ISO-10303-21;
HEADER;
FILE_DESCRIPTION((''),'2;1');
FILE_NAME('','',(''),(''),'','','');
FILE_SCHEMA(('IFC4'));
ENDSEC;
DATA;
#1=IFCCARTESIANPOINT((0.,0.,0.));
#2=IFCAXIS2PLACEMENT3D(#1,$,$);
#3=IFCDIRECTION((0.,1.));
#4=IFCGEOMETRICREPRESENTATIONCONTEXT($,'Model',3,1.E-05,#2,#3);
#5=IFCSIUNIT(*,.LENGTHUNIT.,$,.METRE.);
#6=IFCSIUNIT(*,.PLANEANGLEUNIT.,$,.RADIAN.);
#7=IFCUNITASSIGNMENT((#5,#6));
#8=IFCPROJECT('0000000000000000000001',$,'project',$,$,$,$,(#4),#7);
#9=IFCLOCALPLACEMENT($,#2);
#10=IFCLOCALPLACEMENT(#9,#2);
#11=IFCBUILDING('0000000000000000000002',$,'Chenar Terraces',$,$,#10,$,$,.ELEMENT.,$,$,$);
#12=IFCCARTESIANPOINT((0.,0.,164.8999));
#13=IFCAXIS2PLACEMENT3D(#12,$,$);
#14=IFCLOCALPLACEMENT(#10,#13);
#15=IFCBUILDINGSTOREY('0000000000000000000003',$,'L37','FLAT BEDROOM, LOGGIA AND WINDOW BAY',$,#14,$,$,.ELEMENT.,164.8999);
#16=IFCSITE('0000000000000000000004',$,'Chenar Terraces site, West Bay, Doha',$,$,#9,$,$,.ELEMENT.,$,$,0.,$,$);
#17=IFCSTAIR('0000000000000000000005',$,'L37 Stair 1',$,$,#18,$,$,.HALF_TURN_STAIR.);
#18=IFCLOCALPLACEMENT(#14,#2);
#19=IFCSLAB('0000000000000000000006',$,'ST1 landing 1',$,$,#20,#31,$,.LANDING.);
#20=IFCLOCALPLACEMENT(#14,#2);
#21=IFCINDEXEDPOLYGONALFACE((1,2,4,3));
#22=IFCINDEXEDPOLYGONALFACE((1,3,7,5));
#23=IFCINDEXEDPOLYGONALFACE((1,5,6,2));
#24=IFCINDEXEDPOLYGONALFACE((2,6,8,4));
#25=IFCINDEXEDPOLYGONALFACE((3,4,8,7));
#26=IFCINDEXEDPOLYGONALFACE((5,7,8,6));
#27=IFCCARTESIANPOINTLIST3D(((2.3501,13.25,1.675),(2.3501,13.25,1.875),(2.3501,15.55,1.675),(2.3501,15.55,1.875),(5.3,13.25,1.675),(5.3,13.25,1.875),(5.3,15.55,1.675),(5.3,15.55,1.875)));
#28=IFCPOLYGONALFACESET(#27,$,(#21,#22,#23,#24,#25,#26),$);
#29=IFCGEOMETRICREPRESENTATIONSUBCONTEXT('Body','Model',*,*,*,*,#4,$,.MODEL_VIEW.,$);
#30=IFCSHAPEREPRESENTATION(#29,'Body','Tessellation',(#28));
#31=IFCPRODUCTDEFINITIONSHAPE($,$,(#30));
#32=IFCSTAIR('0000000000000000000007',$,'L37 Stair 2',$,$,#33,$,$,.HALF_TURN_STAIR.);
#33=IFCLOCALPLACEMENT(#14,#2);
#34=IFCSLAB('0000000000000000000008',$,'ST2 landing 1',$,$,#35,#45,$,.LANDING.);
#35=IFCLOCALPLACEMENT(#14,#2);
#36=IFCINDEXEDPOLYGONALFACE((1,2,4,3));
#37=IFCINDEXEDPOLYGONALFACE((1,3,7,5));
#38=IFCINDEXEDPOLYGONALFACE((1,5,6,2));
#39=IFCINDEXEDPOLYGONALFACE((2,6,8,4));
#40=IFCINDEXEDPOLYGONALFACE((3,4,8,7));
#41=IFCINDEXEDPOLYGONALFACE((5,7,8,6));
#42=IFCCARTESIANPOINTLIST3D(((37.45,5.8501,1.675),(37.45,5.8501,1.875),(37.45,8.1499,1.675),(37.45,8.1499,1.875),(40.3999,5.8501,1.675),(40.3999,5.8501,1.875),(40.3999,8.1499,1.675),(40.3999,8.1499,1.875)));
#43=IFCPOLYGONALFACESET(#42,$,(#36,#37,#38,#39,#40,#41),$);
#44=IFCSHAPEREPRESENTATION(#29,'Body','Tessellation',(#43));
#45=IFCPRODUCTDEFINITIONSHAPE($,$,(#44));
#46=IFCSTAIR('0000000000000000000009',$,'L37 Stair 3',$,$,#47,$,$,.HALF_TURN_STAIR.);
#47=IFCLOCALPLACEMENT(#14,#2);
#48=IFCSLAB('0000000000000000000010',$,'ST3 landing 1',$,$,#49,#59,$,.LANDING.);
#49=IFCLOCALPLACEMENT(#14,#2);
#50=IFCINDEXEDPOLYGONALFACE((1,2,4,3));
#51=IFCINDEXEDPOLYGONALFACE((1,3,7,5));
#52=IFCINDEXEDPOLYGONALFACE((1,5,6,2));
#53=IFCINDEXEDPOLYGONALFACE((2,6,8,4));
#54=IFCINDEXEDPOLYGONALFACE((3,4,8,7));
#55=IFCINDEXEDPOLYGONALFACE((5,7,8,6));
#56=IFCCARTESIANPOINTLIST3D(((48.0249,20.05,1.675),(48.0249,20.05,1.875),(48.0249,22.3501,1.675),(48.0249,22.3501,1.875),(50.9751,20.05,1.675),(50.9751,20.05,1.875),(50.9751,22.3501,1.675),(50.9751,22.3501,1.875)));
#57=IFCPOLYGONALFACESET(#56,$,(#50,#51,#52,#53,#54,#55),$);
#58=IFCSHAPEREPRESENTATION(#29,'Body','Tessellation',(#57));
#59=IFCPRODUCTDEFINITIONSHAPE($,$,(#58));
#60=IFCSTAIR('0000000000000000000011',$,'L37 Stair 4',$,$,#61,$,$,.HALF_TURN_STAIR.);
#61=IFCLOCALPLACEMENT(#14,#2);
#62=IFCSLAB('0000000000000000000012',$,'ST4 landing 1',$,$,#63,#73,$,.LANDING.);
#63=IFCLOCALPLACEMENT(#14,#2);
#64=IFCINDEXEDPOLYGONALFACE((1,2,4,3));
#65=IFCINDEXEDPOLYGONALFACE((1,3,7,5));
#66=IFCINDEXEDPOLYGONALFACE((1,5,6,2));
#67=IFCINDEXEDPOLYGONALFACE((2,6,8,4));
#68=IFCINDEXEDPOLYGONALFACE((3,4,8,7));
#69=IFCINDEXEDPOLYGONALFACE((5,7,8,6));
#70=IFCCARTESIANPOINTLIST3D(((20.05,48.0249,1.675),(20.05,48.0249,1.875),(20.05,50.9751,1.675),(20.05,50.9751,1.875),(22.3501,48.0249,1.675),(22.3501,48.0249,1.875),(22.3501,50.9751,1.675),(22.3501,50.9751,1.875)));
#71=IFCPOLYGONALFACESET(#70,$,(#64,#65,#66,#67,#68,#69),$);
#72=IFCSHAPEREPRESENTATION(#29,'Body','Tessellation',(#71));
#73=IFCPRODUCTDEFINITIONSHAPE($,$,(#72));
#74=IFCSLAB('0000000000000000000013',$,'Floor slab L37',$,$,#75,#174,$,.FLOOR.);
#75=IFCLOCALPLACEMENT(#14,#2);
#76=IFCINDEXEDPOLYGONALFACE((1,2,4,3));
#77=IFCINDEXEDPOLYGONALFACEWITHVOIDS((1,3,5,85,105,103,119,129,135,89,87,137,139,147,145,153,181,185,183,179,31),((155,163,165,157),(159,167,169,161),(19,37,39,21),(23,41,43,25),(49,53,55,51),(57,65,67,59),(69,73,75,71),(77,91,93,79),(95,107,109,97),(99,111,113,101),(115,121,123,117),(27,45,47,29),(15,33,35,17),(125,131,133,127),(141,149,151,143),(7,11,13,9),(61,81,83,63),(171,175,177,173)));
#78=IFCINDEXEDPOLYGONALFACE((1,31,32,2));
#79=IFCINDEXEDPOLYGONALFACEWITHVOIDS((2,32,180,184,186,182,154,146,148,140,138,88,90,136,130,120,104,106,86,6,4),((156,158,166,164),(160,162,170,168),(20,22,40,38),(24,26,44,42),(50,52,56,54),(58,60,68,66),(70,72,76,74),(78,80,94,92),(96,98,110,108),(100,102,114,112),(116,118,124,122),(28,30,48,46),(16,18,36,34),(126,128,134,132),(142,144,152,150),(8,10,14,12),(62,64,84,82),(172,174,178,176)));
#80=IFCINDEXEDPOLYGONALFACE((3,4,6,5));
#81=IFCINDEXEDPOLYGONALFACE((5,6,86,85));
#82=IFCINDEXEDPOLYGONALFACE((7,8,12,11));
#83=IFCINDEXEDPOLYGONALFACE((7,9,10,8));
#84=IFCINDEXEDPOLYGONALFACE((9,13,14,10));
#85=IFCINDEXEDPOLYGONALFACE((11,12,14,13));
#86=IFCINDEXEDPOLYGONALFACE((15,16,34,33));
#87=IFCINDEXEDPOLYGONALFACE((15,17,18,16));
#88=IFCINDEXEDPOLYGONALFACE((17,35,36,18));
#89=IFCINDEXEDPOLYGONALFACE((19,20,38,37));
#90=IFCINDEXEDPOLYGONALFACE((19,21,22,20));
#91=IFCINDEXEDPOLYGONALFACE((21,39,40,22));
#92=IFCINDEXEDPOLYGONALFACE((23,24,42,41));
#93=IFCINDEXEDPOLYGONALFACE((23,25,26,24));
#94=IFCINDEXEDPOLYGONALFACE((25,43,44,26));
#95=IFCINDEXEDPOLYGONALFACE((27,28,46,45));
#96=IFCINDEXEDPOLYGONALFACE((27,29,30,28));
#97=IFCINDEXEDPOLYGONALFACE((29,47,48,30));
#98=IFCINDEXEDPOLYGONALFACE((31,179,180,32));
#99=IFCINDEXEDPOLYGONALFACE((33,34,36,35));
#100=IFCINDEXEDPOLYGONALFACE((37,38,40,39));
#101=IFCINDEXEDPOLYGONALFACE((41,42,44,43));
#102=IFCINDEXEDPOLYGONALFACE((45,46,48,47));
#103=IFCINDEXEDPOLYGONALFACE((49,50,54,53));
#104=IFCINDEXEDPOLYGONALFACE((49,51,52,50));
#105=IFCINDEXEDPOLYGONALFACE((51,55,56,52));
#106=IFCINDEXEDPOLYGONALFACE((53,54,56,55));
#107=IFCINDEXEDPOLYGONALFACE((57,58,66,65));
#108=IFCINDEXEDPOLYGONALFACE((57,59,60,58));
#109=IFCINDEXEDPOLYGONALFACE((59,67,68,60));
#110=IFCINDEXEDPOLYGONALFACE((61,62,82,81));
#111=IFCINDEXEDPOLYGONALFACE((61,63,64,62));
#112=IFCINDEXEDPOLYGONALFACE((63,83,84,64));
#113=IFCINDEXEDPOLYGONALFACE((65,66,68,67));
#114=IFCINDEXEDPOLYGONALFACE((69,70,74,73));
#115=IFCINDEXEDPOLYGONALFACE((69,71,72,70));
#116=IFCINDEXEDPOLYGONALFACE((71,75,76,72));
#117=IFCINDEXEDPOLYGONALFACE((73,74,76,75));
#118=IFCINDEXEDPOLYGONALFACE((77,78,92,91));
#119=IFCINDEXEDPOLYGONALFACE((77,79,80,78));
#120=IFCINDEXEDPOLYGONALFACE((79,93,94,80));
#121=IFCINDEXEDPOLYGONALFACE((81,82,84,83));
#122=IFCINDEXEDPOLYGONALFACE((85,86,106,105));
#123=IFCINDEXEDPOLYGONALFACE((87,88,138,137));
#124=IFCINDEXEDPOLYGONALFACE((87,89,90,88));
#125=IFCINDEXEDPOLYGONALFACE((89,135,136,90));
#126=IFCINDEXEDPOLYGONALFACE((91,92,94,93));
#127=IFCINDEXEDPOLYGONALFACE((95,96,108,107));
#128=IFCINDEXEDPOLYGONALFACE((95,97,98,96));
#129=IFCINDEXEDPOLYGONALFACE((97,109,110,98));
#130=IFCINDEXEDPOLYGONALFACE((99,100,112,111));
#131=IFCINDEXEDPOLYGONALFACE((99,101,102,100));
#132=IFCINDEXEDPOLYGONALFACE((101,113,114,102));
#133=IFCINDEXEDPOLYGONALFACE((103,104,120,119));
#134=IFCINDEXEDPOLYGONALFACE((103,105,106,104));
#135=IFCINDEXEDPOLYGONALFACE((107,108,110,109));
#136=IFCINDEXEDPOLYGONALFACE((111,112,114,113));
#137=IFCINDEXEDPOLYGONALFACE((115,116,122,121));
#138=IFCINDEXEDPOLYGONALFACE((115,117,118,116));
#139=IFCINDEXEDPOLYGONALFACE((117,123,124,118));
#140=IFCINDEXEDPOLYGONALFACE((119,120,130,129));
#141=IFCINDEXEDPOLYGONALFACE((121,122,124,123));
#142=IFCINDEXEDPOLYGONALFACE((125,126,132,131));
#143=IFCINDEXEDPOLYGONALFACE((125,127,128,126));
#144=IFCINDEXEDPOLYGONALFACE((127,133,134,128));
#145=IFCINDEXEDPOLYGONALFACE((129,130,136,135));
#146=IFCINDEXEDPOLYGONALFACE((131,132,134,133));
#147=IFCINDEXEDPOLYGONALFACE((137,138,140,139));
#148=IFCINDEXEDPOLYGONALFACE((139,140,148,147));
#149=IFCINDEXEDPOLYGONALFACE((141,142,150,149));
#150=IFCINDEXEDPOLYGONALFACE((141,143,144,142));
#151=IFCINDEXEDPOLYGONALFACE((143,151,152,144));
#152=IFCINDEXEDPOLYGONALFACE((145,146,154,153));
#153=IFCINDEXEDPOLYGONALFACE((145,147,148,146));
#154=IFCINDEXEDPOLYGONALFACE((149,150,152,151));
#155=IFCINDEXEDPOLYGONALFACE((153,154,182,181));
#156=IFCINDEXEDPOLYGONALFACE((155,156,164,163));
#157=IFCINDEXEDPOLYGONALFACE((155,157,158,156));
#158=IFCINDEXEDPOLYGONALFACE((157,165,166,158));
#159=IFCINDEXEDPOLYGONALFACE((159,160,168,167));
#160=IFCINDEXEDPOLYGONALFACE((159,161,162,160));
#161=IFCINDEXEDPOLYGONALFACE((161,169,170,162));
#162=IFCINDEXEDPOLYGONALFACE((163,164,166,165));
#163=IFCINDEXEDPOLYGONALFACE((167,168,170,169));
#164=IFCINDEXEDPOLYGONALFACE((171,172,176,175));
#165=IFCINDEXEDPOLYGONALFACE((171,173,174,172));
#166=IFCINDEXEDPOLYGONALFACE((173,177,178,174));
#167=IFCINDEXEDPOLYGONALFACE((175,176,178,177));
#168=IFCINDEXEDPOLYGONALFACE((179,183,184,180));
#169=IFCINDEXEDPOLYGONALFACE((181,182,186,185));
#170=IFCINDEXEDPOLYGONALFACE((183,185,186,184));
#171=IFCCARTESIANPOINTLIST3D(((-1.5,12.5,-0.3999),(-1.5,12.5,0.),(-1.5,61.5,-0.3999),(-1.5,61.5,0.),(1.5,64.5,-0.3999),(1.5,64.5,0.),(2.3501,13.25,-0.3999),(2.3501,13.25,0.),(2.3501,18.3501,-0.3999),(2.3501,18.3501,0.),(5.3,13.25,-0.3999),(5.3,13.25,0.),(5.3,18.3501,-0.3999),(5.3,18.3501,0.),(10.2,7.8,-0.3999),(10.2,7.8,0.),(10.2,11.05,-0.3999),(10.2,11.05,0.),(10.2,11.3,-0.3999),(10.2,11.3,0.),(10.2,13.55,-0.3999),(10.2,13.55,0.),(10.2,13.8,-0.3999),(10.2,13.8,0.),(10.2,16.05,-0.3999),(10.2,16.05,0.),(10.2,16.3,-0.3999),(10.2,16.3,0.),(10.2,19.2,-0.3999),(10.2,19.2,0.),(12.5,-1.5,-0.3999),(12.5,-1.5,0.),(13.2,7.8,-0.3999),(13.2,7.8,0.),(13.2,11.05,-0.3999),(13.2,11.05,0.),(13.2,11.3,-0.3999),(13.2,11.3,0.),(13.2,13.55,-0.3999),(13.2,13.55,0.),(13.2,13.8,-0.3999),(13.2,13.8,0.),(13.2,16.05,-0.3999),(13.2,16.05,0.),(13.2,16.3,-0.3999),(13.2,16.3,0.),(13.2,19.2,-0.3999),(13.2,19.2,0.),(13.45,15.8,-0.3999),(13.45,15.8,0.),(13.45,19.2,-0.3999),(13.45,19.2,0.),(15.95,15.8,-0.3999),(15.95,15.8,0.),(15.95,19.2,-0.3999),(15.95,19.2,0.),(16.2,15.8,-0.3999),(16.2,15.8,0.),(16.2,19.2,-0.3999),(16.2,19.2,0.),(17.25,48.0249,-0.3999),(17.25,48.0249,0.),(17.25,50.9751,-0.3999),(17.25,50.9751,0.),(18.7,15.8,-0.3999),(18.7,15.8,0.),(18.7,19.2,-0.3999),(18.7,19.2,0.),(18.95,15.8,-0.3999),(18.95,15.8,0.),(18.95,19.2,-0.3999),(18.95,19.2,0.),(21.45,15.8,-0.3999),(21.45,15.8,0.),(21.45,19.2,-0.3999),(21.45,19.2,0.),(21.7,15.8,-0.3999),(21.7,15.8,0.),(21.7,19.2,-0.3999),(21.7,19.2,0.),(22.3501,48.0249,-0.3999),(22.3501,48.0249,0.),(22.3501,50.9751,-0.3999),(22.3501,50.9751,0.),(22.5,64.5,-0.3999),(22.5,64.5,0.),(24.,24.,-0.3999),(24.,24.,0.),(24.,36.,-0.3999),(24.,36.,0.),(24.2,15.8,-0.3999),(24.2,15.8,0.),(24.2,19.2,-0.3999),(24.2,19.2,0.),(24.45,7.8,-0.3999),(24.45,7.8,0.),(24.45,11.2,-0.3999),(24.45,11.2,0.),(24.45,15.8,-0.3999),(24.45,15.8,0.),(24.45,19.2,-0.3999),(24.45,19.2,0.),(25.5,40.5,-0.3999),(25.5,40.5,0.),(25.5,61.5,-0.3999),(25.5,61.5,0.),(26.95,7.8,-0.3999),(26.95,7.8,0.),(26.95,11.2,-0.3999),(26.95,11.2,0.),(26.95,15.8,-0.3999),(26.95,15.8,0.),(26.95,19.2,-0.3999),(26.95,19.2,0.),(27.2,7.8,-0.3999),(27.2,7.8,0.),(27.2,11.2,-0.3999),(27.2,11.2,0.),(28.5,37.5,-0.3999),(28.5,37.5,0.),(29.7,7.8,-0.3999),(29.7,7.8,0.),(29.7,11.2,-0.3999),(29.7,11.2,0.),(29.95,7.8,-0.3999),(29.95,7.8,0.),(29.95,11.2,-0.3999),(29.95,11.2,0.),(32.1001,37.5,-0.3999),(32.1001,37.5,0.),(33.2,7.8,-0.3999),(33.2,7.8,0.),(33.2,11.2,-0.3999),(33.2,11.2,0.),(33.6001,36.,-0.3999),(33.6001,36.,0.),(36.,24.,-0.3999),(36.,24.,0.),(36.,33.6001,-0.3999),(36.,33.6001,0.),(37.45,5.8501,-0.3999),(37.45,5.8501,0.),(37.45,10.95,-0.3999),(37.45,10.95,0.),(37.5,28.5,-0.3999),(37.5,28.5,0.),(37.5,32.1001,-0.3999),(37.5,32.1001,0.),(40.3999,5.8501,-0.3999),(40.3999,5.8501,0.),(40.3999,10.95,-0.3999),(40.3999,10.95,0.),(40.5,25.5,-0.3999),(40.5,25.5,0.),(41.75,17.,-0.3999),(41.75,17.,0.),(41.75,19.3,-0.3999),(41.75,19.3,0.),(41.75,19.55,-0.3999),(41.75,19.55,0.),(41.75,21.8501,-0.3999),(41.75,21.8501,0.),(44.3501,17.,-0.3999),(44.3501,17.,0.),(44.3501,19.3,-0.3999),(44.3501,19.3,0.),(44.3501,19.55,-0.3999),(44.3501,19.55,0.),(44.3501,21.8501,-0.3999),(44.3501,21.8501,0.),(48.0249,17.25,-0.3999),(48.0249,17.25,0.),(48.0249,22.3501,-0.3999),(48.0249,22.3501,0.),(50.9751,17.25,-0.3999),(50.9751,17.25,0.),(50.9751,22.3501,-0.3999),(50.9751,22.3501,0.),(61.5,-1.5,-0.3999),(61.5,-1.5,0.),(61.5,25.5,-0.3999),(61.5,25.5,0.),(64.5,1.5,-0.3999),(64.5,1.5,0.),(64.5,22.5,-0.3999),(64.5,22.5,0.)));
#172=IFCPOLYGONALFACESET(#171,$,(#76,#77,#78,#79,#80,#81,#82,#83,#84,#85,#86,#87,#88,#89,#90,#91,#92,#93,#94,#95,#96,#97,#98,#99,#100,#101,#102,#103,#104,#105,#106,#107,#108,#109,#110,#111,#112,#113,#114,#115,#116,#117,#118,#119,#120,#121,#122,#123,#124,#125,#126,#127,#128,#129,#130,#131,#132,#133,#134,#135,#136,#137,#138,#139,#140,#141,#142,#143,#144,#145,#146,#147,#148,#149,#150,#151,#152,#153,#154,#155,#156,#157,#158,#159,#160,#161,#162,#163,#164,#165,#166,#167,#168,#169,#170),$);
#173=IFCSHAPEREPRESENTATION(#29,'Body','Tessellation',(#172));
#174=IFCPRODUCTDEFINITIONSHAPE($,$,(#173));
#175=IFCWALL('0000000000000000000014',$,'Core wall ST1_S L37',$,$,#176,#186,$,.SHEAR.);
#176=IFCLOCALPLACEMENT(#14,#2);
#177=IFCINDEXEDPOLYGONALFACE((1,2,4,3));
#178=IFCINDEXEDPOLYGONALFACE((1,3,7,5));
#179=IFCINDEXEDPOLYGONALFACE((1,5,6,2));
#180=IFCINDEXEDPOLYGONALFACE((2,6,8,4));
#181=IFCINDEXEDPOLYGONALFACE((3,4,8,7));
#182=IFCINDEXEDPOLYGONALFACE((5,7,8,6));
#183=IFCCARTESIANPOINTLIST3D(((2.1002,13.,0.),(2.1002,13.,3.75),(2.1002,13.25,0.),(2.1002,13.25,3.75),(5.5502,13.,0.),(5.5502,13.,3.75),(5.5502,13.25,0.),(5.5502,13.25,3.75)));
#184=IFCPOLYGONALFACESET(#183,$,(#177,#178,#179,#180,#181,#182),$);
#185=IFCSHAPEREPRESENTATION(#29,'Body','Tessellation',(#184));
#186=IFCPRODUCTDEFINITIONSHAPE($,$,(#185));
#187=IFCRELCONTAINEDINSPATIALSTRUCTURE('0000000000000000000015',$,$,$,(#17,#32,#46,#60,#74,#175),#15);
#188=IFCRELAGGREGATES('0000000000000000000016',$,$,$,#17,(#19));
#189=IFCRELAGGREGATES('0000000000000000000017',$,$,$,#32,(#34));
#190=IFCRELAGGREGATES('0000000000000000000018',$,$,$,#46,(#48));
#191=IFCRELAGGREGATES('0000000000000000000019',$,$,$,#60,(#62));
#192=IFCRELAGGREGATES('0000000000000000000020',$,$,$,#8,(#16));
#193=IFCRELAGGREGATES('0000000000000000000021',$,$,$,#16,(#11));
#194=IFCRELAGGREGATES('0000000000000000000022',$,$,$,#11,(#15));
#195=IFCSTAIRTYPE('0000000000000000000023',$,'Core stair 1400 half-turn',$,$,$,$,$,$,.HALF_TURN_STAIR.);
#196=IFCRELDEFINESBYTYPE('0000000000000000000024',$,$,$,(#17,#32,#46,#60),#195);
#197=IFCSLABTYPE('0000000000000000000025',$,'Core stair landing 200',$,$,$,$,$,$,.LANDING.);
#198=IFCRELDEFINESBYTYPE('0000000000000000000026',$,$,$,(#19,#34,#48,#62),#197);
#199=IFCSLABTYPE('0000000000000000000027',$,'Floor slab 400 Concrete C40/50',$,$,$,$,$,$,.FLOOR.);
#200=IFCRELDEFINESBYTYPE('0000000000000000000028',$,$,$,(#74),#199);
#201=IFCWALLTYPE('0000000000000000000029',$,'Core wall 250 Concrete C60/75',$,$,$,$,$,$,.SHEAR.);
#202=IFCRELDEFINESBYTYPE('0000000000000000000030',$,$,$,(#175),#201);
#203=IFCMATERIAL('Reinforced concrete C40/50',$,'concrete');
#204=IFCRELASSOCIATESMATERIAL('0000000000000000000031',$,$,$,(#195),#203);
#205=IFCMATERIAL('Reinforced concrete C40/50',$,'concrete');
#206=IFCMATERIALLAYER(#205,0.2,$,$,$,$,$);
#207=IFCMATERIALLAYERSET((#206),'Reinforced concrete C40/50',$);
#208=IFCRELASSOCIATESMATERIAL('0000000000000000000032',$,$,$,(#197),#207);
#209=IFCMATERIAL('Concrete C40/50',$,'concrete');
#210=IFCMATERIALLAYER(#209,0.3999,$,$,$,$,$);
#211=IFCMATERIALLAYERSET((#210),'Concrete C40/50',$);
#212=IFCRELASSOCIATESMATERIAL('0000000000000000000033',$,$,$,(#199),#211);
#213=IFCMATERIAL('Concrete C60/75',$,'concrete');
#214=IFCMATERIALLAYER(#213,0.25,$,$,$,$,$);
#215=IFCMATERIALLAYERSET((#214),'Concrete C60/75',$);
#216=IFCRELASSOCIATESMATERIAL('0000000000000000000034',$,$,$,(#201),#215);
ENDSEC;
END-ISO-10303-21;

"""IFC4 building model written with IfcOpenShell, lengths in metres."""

from ifc_helpers import new_model, si_unit, direction, frame, frame_2d, origin, place, context, subcontext, project, spatial, polyline, rectangle, outline, extrude, material, layer, layer_set, type_object, element, aggregate, save


model = new_model("IFC4")

# Units and contexts
model_context = context("Model", 3, precision=1e-05, world=origin(), true_north=direction((0.0, 1.0)))
body_context = subcontext(model_context, "Body", "Model", "MODEL_VIEW")
ifc_project = project(units=[si_unit("LENGTHUNIT", "METRE"), si_unit("PLANEANGLEUNIT", "RADIAN")], contexts=[model_context])

# Site, building, storey
site_placement = place(None, origin())
site = spatial("IfcSite", under=ifc_project, at=site_placement, Name="Chenar Terraces site, West Bay, Doha", CompositionType="ELEMENT", RefElevation=0.0)
building_placement = place(site_placement, origin())
building = spatial("IfcBuilding", under=site, at=building_placement, Name="Chenar Terraces", CompositionType="ELEMENT")
storey_placement = place(building_placement, frame((0.0, 0.0, 164.8999)))
storey = spatial("IfcBuildingStorey", under=building, at=storey_placement, Name="L37", Description="FLAT BEDROOM, LOGGIA AND WINDOW BAY", CompositionType="ELEMENT", Elevation=164.8999)

# Stairs, slabs
ifc_material_1 = material(Name="Reinforced concrete C40/50", Category="concrete")
stair_type = type_object("IfcStairType", Name="Core stair 1400 half-turn", PredefinedType="HALF_TURN_STAIR", material=ifc_material_1)
placement_1 = place(storey_placement, origin())
stair_1 = element("IfcStair", 1, at=placement_1, inside=storey, type_object=stair_type, Name="L37 Stair 1", PredefinedType="HALF_TURN_STAIR")
ifc_material_2 = material(Name="Reinforced concrete C40/50", Category="concrete")
ifc_layer_1 = layer(ifc_material_2, 0.2)
ifc_layer_set_1 = layer_set([ifc_layer_1], Name="Reinforced concrete C40/50")
slab_type_1 = type_object("IfcSlabType", Name="Core stair landing 200", PredefinedType="LANDING", material=ifc_layer_set_1)
placement_2 = place(storey_placement, frame((0.0, 0.0, 1.675)))
slab_1 = element("IfcSlab", 2, at=placement_2, type_object=slab_type_1, Name="ST1 landing 1", PredefinedType="LANDING", context=body_context, shape_type="SweptSolid", body=[
    extrude(outline(polyline([(2.3501, 15.55), (2.3501, 13.25), (5.3, 13.25), (5.3, 15.55), (2.3501, 15.55)])), origin(), (0.0, 0.0, 1.0), 0.2),
])
aggregate(stair_1, [slab_1])
stair_2 = element("IfcStair", 3, at=placement_1, inside=storey, type_object=stair_type, Name="L37 Stair 2", PredefinedType="HALF_TURN_STAIR")
slab_2 = element("IfcSlab", 4, at=placement_2, type_object=slab_type_1, Name="ST2 landing 1", PredefinedType="LANDING", context=body_context, shape_type="SweptSolid", body=[
    extrude(outline(polyline([(37.45, 8.1499), (37.45, 5.8501), (40.3999, 5.8501), (40.3999, 8.1499), (37.45, 8.1499)])), origin(), (0.0, 0.0, 1.0), 0.2),
])
aggregate(stair_2, [slab_2])
stair_3 = element("IfcStair", 5, at=placement_1, inside=storey, type_object=stair_type, Name="L37 Stair 3", PredefinedType="HALF_TURN_STAIR")
slab_3 = element("IfcSlab", 6, at=placement_2, type_object=slab_type_1, Name="ST3 landing 1", PredefinedType="LANDING", context=body_context, shape_type="SweptSolid", body=[
    extrude(outline(polyline([(50.9751, 20.05), (50.9751, 22.3501), (48.0249, 22.3501), (48.0249, 20.05), (50.9751, 20.05)])), origin(), (0.0, 0.0, 1.0), 0.2),
])
aggregate(stair_3, [slab_3])
stair_4 = element("IfcStair", 7, at=placement_1, inside=storey, type_object=stair_type, Name="L37 Stair 4", PredefinedType="HALF_TURN_STAIR")
slab_4 = element("IfcSlab", 8, at=placement_2, type_object=slab_type_1, Name="ST4 landing 1", PredefinedType="LANDING", context=body_context, shape_type="SweptSolid", body=[
    extrude(outline(polyline([(20.05, 48.0249), (22.3501, 48.0249), (22.3501, 50.9751), (20.05, 50.9751), (20.05, 48.0249)])), origin(), (0.0, 0.0, 1.0), 0.2),
])
aggregate(stair_4, [slab_4])

# Slab
ifc_material_3 = material(Name="Concrete C40/50", Category="concrete")
ifc_layer_2 = layer(ifc_material_3, 0.3999)
ifc_layer_set_2 = layer_set([ifc_layer_2], Name="Concrete C40/50")
slab_type_2 = type_object("IfcSlabType", Name="Floor slab 400 Concrete C40/50", PredefinedType="FLOOR", material=ifc_layer_set_2)
slab_5_placement = place(storey_placement, frame((0.0, 0.0, -0.3999)))
element("IfcSlab", 9, at=slab_5_placement, inside=storey, type_object=slab_type_2, Name="Floor slab L37", PredefinedType="FLOOR", context=body_context, shape_type="SweptSolid", body=[
    extrude(outline(polyline([(64.5, 22.5), (64.5, 1.5), (61.5, -1.5), (12.5, -1.5), (-1.5, 12.5), (-1.5, 61.5), (1.5, 64.5), (22.5, 64.5), (25.5, 61.5), (25.5, 40.5), (28.5, 37.5), (32.1001, 37.5), (33.6001, 36.0), (24.0, 36.0), (24.0, 24.0), (36.0, 24.0), (36.0, 33.6001), (37.5, 32.1001), (37.5, 28.5), (40.5, 25.5), (61.5, 25.5), (64.5, 22.5)]), holes=[polyline([(13.2, 11.05), (10.2, 11.05), (10.2, 7.8), (13.2, 7.8), (13.2, 11.05)]), polyline([(13.2, 13.55), (10.2, 13.55), (10.2, 11.3), (13.2, 11.3), (13.2, 13.55)]), polyline([(13.2, 16.05), (10.2, 16.05), (10.2, 13.8), (13.2, 13.8), (13.2, 16.05)]), polyline([(2.3501, 13.25), (5.3, 13.25), (5.3, 18.3501), (2.3501, 18.3501), (2.3501, 13.25)]), polyline([(15.95, 19.2), (13.45, 19.2), (13.45, 15.8), (15.95, 15.8), (15.95, 19.2)]), polyline([(18.7, 19.2), (16.2, 19.2), (16.2, 15.8), (18.7, 15.8), (18.7, 19.2)]), polyline([(21.45, 19.2), (18.95, 19.2), (18.95, 15.8), (21.45, 15.8), (21.45, 19.2)]), polyline([(24.2, 15.8), (24.2, 19.2), (21.7, 19.2), (21.7, 15.8), (24.2, 15.8)]), polyline([(13.2, 16.3), (13.2, 19.2), (10.2, 19.2), (10.2, 16.3), (13.2, 16.3)]), polyline([(22.3501, 48.0249), (22.3501, 50.9751), (17.25, 50.9751), (17.25, 48.0249), (22.3501, 48.0249)]), polyline([(37.45, 5.8501), (40.3999, 5.8501), (40.3999, 10.95), (37.45, 10.95), (37.45, 5.8501)]), polyline([(26.95, 11.2), (24.45, 11.2), (24.45, 7.8), (26.95, 7.8), (26.95, 11.2)]), polyline([(29.7, 7.8), (29.7, 11.2), (27.2, 11.2), (27.2, 7.8), (29.7, 7.8)]), polyline([(33.2, 7.8), (33.2, 11.2), (29.95, 11.2), (29.95, 7.8), (33.2, 7.8)]), polyline([(26.95, 19.2), (24.45, 19.2), (24.45, 15.8), (26.95, 15.8), (26.95, 19.2)]), polyline([(44.3501, 19.3), (41.75, 19.3), (41.75, 17.0), (44.3501, 17.0), (44.3501, 19.3)]), polyline([(50.9751, 22.3501), (48.0249, 22.3501), (48.0249, 17.25), (50.9751, 17.25), (50.9751, 22.3501)]), polyline([(44.3501, 19.55), (44.3501, 21.8501), (41.75, 21.8501), (41.75, 19.55), (44.3501, 19.55)])]), origin(), (0.0, 0.0, 1.0), 0.3999),
])

# Wall
ifc_material_4 = material(Name="Concrete C60/75", Category="concrete")
ifc_layer_3 = layer(ifc_material_4, 0.25)
ifc_layer_set_3 = layer_set([ifc_layer_3], Name="Concrete C60/75")
wall_type_1 = type_object("IfcWallType", Name="Core wall 250 Concrete C60/75", PredefinedType="SHEAR", material=ifc_layer_set_3)
wall_1_placement = place(storey_placement, frame((2.1001, 13.125, 0.0), z_axis=(0.0, 0.0, 1.0), x_axis=(1.0, 0.0, 0.0)))
element("IfcWall", 10, at=wall_1_placement, inside=storey, type_object=wall_type_1, Name="Core wall ST1_S L37", PredefinedType="SHEAR", context=body_context, shape_type="SweptSolid", body=[
    extrude(rectangle(XDim=3.45, YDim=0.25, at=frame_2d((1.7251, 0.0))), origin(), (0.0, 0.0, 1.0), 3.75),
])

save(model, "model.ifc")
